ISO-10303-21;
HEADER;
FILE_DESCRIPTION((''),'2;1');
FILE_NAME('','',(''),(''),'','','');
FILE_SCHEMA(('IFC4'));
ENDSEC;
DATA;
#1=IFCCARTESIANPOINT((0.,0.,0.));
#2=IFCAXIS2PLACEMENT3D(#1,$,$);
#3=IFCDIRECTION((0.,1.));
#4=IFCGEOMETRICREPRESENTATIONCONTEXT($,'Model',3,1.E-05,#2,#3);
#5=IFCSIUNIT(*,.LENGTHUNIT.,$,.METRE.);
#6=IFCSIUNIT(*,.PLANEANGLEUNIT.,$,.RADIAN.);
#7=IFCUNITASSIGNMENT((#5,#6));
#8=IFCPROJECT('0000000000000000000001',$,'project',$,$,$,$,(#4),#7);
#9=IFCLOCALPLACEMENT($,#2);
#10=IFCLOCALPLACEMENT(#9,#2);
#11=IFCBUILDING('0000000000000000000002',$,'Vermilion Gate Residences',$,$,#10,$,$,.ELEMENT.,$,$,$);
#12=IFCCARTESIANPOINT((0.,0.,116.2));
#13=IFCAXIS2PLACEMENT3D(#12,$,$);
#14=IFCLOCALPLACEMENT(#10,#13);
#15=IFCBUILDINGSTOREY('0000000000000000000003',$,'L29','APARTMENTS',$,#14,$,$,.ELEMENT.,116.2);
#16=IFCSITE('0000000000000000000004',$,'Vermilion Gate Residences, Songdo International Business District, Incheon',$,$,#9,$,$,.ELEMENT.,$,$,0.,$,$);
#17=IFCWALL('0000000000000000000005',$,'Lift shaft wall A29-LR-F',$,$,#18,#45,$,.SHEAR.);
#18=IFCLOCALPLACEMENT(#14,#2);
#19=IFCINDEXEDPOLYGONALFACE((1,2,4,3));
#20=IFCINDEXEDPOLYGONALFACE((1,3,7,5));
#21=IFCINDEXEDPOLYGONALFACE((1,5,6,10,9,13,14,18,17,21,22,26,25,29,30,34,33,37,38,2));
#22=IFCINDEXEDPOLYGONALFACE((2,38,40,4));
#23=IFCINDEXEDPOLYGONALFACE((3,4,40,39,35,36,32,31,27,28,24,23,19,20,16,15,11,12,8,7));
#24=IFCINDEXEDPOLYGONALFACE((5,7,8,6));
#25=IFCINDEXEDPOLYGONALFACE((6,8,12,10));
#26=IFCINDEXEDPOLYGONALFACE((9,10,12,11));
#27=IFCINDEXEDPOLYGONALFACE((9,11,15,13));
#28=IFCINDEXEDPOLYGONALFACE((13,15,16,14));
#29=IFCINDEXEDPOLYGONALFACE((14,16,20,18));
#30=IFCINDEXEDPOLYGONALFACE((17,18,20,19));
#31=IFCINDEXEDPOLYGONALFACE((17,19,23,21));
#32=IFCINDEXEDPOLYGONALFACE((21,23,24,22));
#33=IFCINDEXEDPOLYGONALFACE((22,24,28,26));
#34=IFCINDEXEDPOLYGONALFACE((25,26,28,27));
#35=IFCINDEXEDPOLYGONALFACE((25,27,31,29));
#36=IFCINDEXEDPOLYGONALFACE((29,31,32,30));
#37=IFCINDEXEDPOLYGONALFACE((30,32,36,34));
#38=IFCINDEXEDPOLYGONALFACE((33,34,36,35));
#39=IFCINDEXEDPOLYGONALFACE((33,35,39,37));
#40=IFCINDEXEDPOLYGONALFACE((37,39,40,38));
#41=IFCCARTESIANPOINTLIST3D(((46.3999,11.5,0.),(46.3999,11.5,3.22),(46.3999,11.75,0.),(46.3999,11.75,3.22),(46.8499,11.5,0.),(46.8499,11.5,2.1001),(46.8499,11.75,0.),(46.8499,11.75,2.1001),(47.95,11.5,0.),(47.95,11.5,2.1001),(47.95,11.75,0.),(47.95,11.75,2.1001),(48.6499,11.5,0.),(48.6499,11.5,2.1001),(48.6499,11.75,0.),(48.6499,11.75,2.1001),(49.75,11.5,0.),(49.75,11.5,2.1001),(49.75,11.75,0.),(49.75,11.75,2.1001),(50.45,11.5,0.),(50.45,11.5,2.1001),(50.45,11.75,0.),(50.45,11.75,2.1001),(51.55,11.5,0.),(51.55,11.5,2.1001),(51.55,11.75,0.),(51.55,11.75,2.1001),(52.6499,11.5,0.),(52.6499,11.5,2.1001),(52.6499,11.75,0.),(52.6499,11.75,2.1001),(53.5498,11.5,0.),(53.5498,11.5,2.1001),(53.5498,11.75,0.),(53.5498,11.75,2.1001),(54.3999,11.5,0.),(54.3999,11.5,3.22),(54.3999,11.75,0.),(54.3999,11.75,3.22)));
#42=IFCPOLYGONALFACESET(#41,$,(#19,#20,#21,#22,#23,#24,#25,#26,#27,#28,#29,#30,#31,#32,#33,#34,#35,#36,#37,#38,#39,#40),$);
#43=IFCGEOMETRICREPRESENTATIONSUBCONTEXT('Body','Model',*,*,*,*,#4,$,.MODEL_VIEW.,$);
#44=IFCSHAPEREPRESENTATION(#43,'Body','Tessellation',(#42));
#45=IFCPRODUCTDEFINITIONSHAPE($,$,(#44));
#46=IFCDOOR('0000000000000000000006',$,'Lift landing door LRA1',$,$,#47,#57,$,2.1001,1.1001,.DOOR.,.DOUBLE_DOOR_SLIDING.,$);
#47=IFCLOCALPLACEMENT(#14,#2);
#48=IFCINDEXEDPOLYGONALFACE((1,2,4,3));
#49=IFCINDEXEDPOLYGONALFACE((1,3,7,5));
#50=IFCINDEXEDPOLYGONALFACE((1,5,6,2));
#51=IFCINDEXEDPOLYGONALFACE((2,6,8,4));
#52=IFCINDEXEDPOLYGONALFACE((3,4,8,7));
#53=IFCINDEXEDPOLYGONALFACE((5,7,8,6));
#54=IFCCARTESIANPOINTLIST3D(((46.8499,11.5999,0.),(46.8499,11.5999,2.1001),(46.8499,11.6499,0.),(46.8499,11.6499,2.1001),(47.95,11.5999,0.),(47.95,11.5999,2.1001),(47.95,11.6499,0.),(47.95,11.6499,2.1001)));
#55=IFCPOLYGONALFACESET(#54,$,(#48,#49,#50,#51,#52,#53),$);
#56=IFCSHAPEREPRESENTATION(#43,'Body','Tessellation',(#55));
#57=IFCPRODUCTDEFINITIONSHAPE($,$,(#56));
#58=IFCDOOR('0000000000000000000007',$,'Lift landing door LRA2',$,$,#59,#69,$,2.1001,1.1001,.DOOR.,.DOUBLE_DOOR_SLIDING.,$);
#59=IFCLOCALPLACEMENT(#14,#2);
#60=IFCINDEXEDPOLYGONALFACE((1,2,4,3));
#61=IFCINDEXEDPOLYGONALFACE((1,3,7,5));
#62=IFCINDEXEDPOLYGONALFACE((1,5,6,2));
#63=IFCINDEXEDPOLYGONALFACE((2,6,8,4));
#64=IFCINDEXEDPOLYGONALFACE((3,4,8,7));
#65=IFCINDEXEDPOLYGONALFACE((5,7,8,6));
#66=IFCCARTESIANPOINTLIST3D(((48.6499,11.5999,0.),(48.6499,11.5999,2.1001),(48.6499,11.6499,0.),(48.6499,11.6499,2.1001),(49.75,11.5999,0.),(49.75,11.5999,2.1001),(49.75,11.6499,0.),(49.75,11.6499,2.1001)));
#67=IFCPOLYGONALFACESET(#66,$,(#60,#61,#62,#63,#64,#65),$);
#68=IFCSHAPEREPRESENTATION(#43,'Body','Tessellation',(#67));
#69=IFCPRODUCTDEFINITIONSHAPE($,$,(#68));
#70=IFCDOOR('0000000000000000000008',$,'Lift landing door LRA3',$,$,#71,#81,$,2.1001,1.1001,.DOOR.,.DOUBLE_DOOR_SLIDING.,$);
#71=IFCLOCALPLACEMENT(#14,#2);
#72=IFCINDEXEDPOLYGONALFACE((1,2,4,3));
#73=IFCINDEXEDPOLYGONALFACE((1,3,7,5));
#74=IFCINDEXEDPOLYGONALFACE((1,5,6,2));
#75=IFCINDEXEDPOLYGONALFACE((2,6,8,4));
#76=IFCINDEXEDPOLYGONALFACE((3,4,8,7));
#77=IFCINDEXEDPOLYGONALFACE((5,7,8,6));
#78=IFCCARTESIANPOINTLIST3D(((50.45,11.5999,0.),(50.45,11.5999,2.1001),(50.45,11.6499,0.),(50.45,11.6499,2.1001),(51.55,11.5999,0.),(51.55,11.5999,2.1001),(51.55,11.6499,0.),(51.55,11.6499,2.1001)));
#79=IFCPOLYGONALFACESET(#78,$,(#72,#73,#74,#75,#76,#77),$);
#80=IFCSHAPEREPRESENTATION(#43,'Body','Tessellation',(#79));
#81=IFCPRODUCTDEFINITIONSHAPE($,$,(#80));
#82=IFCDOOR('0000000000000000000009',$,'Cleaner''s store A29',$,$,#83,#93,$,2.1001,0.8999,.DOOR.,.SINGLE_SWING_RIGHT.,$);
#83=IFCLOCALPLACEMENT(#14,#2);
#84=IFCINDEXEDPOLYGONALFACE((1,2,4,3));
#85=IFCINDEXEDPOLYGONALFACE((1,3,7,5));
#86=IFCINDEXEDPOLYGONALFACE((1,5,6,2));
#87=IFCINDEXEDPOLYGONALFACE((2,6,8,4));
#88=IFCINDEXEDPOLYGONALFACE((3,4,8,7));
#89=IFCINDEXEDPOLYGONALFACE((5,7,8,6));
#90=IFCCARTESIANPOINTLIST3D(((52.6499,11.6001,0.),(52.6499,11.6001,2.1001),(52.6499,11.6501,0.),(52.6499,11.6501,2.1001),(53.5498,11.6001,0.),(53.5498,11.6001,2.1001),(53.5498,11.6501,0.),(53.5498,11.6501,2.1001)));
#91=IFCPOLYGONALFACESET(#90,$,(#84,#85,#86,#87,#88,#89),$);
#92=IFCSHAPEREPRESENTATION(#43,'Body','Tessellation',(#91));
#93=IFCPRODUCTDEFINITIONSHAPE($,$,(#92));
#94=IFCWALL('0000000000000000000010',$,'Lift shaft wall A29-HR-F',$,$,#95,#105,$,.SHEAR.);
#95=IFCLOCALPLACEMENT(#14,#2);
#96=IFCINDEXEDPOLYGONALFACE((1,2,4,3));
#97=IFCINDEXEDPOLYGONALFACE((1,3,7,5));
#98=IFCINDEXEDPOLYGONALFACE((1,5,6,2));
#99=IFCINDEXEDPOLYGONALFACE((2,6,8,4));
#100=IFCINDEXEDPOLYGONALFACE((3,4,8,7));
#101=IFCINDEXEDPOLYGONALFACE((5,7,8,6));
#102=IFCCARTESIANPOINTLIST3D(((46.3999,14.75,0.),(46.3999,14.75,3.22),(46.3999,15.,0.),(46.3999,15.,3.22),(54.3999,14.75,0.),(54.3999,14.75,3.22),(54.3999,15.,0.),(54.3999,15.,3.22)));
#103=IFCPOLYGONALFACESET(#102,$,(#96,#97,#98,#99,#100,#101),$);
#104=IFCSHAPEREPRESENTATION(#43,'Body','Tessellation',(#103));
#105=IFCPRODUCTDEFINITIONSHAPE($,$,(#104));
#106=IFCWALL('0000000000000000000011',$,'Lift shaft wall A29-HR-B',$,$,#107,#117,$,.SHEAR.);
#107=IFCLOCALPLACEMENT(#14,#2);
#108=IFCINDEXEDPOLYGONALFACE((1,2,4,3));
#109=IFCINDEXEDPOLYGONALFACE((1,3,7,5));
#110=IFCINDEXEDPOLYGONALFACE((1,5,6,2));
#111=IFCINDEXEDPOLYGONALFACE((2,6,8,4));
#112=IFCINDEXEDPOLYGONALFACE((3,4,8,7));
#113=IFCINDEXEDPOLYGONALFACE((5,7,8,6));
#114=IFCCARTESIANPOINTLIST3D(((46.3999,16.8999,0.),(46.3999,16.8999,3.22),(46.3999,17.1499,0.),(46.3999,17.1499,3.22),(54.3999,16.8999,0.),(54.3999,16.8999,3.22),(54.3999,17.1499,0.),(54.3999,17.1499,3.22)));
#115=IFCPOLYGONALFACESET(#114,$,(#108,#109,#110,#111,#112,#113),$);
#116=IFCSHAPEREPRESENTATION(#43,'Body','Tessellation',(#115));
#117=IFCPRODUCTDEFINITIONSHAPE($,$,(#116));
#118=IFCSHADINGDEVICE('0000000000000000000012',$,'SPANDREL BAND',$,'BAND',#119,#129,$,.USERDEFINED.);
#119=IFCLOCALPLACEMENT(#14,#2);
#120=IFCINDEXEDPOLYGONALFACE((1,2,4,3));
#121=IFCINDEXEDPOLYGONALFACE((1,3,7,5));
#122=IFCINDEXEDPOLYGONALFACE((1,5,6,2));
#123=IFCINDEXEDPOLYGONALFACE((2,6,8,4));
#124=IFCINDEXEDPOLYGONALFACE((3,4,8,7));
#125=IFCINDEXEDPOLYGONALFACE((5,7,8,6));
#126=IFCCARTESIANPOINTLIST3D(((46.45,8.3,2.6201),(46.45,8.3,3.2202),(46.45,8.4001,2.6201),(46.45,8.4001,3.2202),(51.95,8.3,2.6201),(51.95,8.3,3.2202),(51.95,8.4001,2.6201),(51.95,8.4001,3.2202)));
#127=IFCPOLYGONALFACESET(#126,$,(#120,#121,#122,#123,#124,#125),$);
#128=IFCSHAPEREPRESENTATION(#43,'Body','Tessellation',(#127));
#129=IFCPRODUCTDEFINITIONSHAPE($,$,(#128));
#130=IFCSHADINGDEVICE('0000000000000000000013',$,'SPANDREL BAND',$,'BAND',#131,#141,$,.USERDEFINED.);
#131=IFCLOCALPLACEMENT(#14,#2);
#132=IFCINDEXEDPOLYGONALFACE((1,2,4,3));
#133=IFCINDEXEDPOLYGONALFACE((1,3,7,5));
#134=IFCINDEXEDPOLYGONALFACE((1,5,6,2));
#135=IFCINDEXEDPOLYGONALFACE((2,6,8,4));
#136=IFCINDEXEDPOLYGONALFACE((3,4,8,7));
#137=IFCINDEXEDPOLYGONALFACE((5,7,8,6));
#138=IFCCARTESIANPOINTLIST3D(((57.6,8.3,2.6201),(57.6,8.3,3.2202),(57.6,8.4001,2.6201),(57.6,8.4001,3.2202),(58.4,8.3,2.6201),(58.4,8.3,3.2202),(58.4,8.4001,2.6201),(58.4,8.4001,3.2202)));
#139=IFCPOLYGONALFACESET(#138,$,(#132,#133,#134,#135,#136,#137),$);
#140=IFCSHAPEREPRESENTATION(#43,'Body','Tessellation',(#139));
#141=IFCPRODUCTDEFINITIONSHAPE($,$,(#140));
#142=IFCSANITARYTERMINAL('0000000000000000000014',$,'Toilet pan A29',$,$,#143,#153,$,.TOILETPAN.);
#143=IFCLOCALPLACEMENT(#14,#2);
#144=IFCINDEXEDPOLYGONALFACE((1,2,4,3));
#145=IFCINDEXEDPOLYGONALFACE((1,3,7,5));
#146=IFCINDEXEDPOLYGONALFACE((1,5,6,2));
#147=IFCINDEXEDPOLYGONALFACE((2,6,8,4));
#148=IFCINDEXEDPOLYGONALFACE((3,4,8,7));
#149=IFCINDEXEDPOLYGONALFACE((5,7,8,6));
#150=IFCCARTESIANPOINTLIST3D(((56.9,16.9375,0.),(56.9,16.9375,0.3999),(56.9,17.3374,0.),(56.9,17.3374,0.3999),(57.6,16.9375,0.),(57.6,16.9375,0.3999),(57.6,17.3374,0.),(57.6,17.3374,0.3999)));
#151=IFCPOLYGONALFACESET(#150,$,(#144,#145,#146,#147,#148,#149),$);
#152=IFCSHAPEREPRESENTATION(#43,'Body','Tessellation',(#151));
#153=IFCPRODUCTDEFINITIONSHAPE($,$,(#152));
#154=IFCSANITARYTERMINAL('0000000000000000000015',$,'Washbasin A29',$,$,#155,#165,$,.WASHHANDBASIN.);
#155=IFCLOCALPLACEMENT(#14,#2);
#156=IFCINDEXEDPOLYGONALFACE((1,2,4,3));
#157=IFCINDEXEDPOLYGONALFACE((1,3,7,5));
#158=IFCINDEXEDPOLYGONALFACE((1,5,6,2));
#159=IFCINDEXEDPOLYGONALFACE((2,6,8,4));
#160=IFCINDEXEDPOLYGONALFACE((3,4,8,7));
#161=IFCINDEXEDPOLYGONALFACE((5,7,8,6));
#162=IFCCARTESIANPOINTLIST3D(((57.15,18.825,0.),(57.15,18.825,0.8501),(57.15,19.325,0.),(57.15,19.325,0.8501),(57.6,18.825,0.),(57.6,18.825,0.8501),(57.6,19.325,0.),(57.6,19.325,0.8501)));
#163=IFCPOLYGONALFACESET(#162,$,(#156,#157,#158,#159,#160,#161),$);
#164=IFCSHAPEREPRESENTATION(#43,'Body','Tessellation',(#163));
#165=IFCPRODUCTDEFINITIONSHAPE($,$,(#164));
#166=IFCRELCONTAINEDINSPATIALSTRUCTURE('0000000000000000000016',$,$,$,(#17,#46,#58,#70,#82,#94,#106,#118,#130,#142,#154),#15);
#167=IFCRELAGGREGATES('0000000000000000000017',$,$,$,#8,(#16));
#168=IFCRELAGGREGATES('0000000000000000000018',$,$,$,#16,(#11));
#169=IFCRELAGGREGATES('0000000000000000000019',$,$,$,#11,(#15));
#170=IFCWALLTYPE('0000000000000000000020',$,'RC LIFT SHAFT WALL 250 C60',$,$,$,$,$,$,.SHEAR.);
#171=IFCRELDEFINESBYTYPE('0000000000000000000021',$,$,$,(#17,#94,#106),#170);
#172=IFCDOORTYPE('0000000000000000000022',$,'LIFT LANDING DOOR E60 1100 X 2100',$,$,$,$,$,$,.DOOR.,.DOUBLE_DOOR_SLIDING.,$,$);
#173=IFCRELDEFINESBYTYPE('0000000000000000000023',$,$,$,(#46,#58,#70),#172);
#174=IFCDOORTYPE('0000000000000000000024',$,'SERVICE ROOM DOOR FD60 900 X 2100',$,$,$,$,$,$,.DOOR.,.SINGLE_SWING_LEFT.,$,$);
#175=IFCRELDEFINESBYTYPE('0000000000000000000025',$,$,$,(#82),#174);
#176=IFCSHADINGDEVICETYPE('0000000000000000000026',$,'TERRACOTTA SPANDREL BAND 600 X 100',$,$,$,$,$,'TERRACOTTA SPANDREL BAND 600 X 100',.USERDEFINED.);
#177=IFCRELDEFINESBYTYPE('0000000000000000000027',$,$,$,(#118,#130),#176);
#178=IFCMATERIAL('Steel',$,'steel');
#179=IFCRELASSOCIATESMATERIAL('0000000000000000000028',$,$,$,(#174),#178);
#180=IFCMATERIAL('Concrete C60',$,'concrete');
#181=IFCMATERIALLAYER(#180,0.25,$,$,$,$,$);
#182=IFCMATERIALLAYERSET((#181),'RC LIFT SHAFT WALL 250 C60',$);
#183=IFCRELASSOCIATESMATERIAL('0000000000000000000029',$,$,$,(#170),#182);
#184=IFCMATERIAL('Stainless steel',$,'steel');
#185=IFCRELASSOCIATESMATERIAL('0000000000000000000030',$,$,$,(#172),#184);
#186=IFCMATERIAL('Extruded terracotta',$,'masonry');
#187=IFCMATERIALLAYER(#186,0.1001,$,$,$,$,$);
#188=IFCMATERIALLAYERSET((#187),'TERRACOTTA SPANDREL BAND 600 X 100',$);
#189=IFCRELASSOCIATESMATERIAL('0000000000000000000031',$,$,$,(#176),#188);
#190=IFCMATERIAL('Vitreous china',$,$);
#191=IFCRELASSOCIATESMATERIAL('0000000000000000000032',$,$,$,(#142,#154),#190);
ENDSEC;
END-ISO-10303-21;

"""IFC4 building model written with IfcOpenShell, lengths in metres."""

from ifc_helpers import new_model, si_unit, direction, frame, frame_2d, origin, origin_2d, place, context, subcontext, project, spatial, rectangle, extrude, material, layer, layer_set, type_object, element, fill, save


model = new_model("IFC4")

# Units and contexts
model_context = context("Model", 3, precision=1e-05, world=origin(), true_north=direction((0.0, 1.0)))
body_context = subcontext(model_context, "Body", "Model", "MODEL_VIEW")
ifc_project = project(units=[si_unit("LENGTHUNIT", "METRE"), si_unit("PLANEANGLEUNIT", "RADIAN")], contexts=[model_context])

# Site, building, storey
site_placement = place(None, origin())
site = spatial("IfcSite", under=ifc_project, at=site_placement, Name="Vermilion Gate Residences, Songdo International Business District, Incheon", CompositionType="ELEMENT", RefElevation=0.0)
building_placement = place(site_placement, origin())
building = spatial("IfcBuilding", under=site, at=building_placement, Name="Vermilion Gate Residences", CompositionType="ELEMENT")
storey_placement = place(building_placement, frame((0.0, 0.0, 116.2)))
storey = spatial("IfcBuildingStorey", under=building, at=storey_placement, Name="L29", Description="APARTMENTS", CompositionType="ELEMENT", Elevation=116.2)

# Shared definitions
ifc_material_1 = material(Name="Steel", Category="steel")
door_type_1 = type_object("IfcDoorType", Name="SERVICE ROOM DOOR FD60 900 X 2100", OperationType="SINGLE_SWING_LEFT", PredefinedType="DOOR", material=ifc_material_1)

# Wall, openings, doors
ifc_material_2 = material(Name="Concrete C60", Category="concrete")
ifc_layer_1 = layer(ifc_material_2, 0.25)
ifc_layer_set_1 = layer_set([ifc_layer_1], Name="RC LIFT SHAFT WALL 250 C60")
wall_type_1 = type_object("IfcWallType", Name="RC LIFT SHAFT WALL 250 C60", PredefinedType="SHEAR", material=ifc_layer_set_1)
wall_1_placement = place(storey_placement, frame((46.3999, 11.625, 0.0), z_axis=(0.0, 0.0, 1.0), x_axis=(1.0, 0.0, 0.0)))
wall_1 = element("IfcWall", 1, at=wall_1_placement, inside=storey, type_object=wall_type_1, Name="Lift shaft wall A29-LR-F", PredefinedType="SHEAR", context=body_context, shape_type="SweptSolid", body=[
    extrude(rectangle(XDim=8.0, YDim=0.25, at=frame_2d((4.0, 0.0))), origin(), (0.0, 0.0, 1.0), 3.22),
])
opening_1_placement = place(wall_1_placement, frame((0.45, 0.0, 0.0)))
opening_1 = element("IfcOpeningElement", 2, at=opening_1_placement, cuts=wall_1, PredefinedType="OPENING", context=body_context, shape_type="SweptSolid", body=[
    extrude(rectangle(XDim=1.1001, YDim=2.1001, at=frame_2d((0.55, 1.05))), frame((0.0, 0.135, 0.0), z_axis=(0.0, -1.0, 0.0), x_axis=(1.0, 0.0, 0.0)), (0.0, 0.0, 1.0), 0.27),
])
opening_2_placement = place(wall_1_placement, frame((2.25, 0.0, 0.0)))
opening_2 = element("IfcOpeningElement", 3, at=opening_2_placement, cuts=wall_1, PredefinedType="OPENING", context=body_context, shape_type="SweptSolid", body=[
    extrude(rectangle(XDim=1.1001, YDim=2.1001, at=frame_2d((0.55, 1.05))), frame((0.0, 0.135, 0.0), z_axis=(0.0, -1.0, 0.0), x_axis=(1.0, 0.0, 0.0)), (0.0, 0.0, 1.0), 0.27),
])
opening_3_placement = place(wall_1_placement, frame((4.05, 0.0, 0.0)))
opening_3 = element("IfcOpeningElement", 4, at=opening_3_placement, cuts=wall_1, PredefinedType="OPENING", context=body_context, shape_type="SweptSolid", body=[
    extrude(rectangle(XDim=1.1001, YDim=2.1001, at=frame_2d((0.55, 1.05))), frame((0.0, 0.135, 0.0), z_axis=(0.0, -1.0, 0.0), x_axis=(1.0, 0.0, 0.0)), (0.0, 0.0, 1.0), 0.27),
])
opening_4_placement = place(wall_1_placement, frame((6.25, 0.0, 0.0)))
opening_4 = element("IfcOpeningElement", 5, at=opening_4_placement, cuts=wall_1, PredefinedType="OPENING", context=body_context, shape_type="SweptSolid", body=[
    extrude(rectangle(XDim=0.8999, YDim=2.1001, at=frame_2d((0.45, 1.05))), frame((0.0, 0.135, 0.0), z_axis=(0.0, -1.0, 0.0), x_axis=(1.0, 0.0, 0.0)), (0.0, 0.0, 1.0), 0.27),
])
ifc_material_3 = material(Name="Stainless steel", Category="steel")
door_type_2 = type_object("IfcDoorType", Name="LIFT LANDING DOOR E60 1100 X 2100", OperationType="DOUBLE_DOOR_SLIDING", PredefinedType="DOOR", material=ifc_material_3)
door_1_placement = place(opening_1_placement, origin())
door_1 = element("IfcDoor", 6, at=door_1_placement, inside=storey, type_object=door_type_2, Name="Lift landing door LRA1", OperationType="DOUBLE_DOOR_SLIDING", OverallHeight=2.1001, OverallWidth=1.1001, PredefinedType="DOOR", context=body_context, shape_type="SweptSolid", body=[
    extrude(rectangle(XDim=1.1001, YDim=2.1001, at=frame_2d((0.55, 1.05))), frame((0.0, 0.0249, 0.0), z_axis=(0.0, -1.0, 0.0), x_axis=(1.0, 0.0, 0.0)), (0.0, 0.0, 1.0), 0.05),
])
fill(opening_1, door_1)
door_2_placement = place(opening_2_placement, origin())
door_2 = element("IfcDoor", 7, at=door_2_placement, inside=storey, type_object=door_type_2, Name="Lift landing door LRA2", OperationType="DOUBLE_DOOR_SLIDING", OverallHeight=2.1001, OverallWidth=1.1001, PredefinedType="DOOR", context=body_context, shape_type="SweptSolid", body=[
    extrude(rectangle(XDim=1.1001, YDim=2.1001, at=frame_2d((0.55, 1.05))), frame((0.0, 0.0249, 0.0), z_axis=(0.0, -1.0, 0.0), x_axis=(1.0, 0.0, 0.0)), (0.0, 0.0, 1.0), 0.05),
])
fill(opening_2, door_2)
door_3_placement = place(opening_3_placement, origin())
door_3 = element("IfcDoor", 8, at=door_3_placement, inside=storey, type_object=door_type_2, Name="Lift landing door LRA3", OperationType="DOUBLE_DOOR_SLIDING", OverallHeight=2.1001, OverallWidth=1.1001, PredefinedType="DOOR", context=body_context, shape_type="SweptSolid", body=[
    extrude(rectangle(XDim=1.1001, YDim=2.1001, at=frame_2d((0.55, 1.05))), frame((0.0, 0.0249, 0.0), z_axis=(0.0, -1.0, 0.0), x_axis=(1.0, 0.0, 0.0)), (0.0, 0.0, 1.0), 0.05),
])
fill(opening_3, door_3)
door_4_placement = place(opening_4_placement, frame((0.8999, 0.0, 0.0), z_axis=(0.0, 0.0, 1.0), x_axis=(-1.0, 0.0, 0.0)))
door_4 = element("IfcDoor", 9, at=door_4_placement, inside=storey, type_object=door_type_1, Name="Cleaner's store A29", OperationType="SINGLE_SWING_RIGHT", OverallHeight=2.1001, OverallWidth=0.8999, PredefinedType="DOOR", context=body_context, shape_type="SweptSolid", body=[
    extrude(rectangle(XDim=0.8999, YDim=2.1001, at=frame_2d((0.45, 1.05))), frame((0.0, 0.0249, 0.0), z_axis=(0.0, -1.0, 0.0), x_axis=(1.0, 0.0, 0.0)), (0.0, 0.0, 1.0), 0.05),
])
fill(opening_4, door_4)

# Walls
for number, where, z_axis, x_axis, name in (
    (10, (46.3999, 14.875, 0.0), (0.0, 0.0, 1.0), (1.0, 0.0, 0.0), "Lift shaft wall A29-HR-F"),
    (11, (46.3999, 17.0249, 0.0), (0.0, 0.0, 1.0), (1.0, 0.0, 0.0), "Lift shaft wall A29-HR-B"),
):
    element("IfcWall", number, at=place(storey_placement, frame(where, z_axis=z_axis, x_axis=x_axis)), inside=storey, type_object=wall_type_1, Name=name, PredefinedType="SHEAR", context=body_context, shape_type="SweptSolid", body=[
        extrude(rectangle(XDim=8.0, YDim=0.25, at=frame_2d((4.0, 0.0))), origin(), (0.0, 0.0, 1.0), 3.22),
    ])

# Shading devices
ifc_material_4 = material(Name="Extruded terracotta", Category="masonry")
ifc_layer_2 = layer(ifc_material_4, 0.1001)
ifc_layer_set_2 = layer_set([ifc_layer_2], Name="TERRACOTTA SPANDREL BAND 600 X 100")
shading_device_type = type_object("IfcShadingDeviceType", Name="TERRACOTTA SPANDREL BAND 600 X 100", ElementType="TERRACOTTA SPANDREL BAND 600 X 100", PredefinedType="USERDEFINED", material=ifc_layer_set_2)
shading_device_1_placement = place(storey_placement, frame((49.2, 8.3501, 2.6201), z_axis=(0.0, 0.0, 1.0), x_axis=(1.0, 0.0, 0.0)))
element("IfcShadingDevice", 12, at=shading_device_1_placement, inside=storey, type_object=shading_device_type, Name="SPANDREL BAND", ObjectType="BAND", PredefinedType="USERDEFINED", context=body_context, shape_type="SweptSolid", body=[
    extrude(rectangle(XDim=5.5, YDim=0.1001, at=origin_2d()), origin(), (0.0, 0.0, 1.0), 0.6001),
])
shading_device_2_placement = place(storey_placement, frame((58.0, 8.3501, 2.6201), z_axis=(0.0, 0.0, 1.0), x_axis=(1.0, 0.0, 0.0)))
element("IfcShadingDevice", 13, at=shading_device_2_placement, inside=storey, type_object=shading_device_type, Name="SPANDREL BAND", ObjectType="BAND", PredefinedType="USERDEFINED", context=body_context, shape_type="SweptSolid", body=[
    extrude(rectangle(XDim=0.8, YDim=0.1001, at=origin_2d()), origin(), (0.0, 0.0, 1.0), 0.6001),
])

# Sanitary terminals
ifc_material_5 = material(Name="Vitreous china")
sanitary_terminal_1_placement = place(storey_placement, frame((57.25, 17.1375, 0.0), z_axis=(0.0, 0.0, 1.0), x_axis=(1.0, 0.0, 0.0)))
element("IfcSanitaryTerminal", 14, at=sanitary_terminal_1_placement, inside=storey, material=ifc_material_5, Name="Toilet pan A29", PredefinedType="TOILETPAN", context=body_context, shape_type="SweptSolid", body=[
    extrude(rectangle(XDim=0.7, YDim=0.3999, at=origin_2d()), origin(), (0.0, 0.0, 1.0), 0.3999),
])
sanitary_terminal_2_placement = place(storey_placement, frame((57.375, 19.075, 0.0), z_axis=(0.0, 0.0, 1.0), x_axis=(1.0, 0.0, 0.0)))
element("IfcSanitaryTerminal", 15, at=sanitary_terminal_2_placement, inside=storey, material=ifc_material_5, Name="Washbasin A29", PredefinedType="WASHHANDBASIN", context=body_context, shape_type="SweptSolid", body=[
    extrude(rectangle(XDim=0.45, YDim=0.5, at=origin_2d()), origin(), (0.0, 0.0, 1.0), 0.8501),
])

save(model, "model.ifc")
